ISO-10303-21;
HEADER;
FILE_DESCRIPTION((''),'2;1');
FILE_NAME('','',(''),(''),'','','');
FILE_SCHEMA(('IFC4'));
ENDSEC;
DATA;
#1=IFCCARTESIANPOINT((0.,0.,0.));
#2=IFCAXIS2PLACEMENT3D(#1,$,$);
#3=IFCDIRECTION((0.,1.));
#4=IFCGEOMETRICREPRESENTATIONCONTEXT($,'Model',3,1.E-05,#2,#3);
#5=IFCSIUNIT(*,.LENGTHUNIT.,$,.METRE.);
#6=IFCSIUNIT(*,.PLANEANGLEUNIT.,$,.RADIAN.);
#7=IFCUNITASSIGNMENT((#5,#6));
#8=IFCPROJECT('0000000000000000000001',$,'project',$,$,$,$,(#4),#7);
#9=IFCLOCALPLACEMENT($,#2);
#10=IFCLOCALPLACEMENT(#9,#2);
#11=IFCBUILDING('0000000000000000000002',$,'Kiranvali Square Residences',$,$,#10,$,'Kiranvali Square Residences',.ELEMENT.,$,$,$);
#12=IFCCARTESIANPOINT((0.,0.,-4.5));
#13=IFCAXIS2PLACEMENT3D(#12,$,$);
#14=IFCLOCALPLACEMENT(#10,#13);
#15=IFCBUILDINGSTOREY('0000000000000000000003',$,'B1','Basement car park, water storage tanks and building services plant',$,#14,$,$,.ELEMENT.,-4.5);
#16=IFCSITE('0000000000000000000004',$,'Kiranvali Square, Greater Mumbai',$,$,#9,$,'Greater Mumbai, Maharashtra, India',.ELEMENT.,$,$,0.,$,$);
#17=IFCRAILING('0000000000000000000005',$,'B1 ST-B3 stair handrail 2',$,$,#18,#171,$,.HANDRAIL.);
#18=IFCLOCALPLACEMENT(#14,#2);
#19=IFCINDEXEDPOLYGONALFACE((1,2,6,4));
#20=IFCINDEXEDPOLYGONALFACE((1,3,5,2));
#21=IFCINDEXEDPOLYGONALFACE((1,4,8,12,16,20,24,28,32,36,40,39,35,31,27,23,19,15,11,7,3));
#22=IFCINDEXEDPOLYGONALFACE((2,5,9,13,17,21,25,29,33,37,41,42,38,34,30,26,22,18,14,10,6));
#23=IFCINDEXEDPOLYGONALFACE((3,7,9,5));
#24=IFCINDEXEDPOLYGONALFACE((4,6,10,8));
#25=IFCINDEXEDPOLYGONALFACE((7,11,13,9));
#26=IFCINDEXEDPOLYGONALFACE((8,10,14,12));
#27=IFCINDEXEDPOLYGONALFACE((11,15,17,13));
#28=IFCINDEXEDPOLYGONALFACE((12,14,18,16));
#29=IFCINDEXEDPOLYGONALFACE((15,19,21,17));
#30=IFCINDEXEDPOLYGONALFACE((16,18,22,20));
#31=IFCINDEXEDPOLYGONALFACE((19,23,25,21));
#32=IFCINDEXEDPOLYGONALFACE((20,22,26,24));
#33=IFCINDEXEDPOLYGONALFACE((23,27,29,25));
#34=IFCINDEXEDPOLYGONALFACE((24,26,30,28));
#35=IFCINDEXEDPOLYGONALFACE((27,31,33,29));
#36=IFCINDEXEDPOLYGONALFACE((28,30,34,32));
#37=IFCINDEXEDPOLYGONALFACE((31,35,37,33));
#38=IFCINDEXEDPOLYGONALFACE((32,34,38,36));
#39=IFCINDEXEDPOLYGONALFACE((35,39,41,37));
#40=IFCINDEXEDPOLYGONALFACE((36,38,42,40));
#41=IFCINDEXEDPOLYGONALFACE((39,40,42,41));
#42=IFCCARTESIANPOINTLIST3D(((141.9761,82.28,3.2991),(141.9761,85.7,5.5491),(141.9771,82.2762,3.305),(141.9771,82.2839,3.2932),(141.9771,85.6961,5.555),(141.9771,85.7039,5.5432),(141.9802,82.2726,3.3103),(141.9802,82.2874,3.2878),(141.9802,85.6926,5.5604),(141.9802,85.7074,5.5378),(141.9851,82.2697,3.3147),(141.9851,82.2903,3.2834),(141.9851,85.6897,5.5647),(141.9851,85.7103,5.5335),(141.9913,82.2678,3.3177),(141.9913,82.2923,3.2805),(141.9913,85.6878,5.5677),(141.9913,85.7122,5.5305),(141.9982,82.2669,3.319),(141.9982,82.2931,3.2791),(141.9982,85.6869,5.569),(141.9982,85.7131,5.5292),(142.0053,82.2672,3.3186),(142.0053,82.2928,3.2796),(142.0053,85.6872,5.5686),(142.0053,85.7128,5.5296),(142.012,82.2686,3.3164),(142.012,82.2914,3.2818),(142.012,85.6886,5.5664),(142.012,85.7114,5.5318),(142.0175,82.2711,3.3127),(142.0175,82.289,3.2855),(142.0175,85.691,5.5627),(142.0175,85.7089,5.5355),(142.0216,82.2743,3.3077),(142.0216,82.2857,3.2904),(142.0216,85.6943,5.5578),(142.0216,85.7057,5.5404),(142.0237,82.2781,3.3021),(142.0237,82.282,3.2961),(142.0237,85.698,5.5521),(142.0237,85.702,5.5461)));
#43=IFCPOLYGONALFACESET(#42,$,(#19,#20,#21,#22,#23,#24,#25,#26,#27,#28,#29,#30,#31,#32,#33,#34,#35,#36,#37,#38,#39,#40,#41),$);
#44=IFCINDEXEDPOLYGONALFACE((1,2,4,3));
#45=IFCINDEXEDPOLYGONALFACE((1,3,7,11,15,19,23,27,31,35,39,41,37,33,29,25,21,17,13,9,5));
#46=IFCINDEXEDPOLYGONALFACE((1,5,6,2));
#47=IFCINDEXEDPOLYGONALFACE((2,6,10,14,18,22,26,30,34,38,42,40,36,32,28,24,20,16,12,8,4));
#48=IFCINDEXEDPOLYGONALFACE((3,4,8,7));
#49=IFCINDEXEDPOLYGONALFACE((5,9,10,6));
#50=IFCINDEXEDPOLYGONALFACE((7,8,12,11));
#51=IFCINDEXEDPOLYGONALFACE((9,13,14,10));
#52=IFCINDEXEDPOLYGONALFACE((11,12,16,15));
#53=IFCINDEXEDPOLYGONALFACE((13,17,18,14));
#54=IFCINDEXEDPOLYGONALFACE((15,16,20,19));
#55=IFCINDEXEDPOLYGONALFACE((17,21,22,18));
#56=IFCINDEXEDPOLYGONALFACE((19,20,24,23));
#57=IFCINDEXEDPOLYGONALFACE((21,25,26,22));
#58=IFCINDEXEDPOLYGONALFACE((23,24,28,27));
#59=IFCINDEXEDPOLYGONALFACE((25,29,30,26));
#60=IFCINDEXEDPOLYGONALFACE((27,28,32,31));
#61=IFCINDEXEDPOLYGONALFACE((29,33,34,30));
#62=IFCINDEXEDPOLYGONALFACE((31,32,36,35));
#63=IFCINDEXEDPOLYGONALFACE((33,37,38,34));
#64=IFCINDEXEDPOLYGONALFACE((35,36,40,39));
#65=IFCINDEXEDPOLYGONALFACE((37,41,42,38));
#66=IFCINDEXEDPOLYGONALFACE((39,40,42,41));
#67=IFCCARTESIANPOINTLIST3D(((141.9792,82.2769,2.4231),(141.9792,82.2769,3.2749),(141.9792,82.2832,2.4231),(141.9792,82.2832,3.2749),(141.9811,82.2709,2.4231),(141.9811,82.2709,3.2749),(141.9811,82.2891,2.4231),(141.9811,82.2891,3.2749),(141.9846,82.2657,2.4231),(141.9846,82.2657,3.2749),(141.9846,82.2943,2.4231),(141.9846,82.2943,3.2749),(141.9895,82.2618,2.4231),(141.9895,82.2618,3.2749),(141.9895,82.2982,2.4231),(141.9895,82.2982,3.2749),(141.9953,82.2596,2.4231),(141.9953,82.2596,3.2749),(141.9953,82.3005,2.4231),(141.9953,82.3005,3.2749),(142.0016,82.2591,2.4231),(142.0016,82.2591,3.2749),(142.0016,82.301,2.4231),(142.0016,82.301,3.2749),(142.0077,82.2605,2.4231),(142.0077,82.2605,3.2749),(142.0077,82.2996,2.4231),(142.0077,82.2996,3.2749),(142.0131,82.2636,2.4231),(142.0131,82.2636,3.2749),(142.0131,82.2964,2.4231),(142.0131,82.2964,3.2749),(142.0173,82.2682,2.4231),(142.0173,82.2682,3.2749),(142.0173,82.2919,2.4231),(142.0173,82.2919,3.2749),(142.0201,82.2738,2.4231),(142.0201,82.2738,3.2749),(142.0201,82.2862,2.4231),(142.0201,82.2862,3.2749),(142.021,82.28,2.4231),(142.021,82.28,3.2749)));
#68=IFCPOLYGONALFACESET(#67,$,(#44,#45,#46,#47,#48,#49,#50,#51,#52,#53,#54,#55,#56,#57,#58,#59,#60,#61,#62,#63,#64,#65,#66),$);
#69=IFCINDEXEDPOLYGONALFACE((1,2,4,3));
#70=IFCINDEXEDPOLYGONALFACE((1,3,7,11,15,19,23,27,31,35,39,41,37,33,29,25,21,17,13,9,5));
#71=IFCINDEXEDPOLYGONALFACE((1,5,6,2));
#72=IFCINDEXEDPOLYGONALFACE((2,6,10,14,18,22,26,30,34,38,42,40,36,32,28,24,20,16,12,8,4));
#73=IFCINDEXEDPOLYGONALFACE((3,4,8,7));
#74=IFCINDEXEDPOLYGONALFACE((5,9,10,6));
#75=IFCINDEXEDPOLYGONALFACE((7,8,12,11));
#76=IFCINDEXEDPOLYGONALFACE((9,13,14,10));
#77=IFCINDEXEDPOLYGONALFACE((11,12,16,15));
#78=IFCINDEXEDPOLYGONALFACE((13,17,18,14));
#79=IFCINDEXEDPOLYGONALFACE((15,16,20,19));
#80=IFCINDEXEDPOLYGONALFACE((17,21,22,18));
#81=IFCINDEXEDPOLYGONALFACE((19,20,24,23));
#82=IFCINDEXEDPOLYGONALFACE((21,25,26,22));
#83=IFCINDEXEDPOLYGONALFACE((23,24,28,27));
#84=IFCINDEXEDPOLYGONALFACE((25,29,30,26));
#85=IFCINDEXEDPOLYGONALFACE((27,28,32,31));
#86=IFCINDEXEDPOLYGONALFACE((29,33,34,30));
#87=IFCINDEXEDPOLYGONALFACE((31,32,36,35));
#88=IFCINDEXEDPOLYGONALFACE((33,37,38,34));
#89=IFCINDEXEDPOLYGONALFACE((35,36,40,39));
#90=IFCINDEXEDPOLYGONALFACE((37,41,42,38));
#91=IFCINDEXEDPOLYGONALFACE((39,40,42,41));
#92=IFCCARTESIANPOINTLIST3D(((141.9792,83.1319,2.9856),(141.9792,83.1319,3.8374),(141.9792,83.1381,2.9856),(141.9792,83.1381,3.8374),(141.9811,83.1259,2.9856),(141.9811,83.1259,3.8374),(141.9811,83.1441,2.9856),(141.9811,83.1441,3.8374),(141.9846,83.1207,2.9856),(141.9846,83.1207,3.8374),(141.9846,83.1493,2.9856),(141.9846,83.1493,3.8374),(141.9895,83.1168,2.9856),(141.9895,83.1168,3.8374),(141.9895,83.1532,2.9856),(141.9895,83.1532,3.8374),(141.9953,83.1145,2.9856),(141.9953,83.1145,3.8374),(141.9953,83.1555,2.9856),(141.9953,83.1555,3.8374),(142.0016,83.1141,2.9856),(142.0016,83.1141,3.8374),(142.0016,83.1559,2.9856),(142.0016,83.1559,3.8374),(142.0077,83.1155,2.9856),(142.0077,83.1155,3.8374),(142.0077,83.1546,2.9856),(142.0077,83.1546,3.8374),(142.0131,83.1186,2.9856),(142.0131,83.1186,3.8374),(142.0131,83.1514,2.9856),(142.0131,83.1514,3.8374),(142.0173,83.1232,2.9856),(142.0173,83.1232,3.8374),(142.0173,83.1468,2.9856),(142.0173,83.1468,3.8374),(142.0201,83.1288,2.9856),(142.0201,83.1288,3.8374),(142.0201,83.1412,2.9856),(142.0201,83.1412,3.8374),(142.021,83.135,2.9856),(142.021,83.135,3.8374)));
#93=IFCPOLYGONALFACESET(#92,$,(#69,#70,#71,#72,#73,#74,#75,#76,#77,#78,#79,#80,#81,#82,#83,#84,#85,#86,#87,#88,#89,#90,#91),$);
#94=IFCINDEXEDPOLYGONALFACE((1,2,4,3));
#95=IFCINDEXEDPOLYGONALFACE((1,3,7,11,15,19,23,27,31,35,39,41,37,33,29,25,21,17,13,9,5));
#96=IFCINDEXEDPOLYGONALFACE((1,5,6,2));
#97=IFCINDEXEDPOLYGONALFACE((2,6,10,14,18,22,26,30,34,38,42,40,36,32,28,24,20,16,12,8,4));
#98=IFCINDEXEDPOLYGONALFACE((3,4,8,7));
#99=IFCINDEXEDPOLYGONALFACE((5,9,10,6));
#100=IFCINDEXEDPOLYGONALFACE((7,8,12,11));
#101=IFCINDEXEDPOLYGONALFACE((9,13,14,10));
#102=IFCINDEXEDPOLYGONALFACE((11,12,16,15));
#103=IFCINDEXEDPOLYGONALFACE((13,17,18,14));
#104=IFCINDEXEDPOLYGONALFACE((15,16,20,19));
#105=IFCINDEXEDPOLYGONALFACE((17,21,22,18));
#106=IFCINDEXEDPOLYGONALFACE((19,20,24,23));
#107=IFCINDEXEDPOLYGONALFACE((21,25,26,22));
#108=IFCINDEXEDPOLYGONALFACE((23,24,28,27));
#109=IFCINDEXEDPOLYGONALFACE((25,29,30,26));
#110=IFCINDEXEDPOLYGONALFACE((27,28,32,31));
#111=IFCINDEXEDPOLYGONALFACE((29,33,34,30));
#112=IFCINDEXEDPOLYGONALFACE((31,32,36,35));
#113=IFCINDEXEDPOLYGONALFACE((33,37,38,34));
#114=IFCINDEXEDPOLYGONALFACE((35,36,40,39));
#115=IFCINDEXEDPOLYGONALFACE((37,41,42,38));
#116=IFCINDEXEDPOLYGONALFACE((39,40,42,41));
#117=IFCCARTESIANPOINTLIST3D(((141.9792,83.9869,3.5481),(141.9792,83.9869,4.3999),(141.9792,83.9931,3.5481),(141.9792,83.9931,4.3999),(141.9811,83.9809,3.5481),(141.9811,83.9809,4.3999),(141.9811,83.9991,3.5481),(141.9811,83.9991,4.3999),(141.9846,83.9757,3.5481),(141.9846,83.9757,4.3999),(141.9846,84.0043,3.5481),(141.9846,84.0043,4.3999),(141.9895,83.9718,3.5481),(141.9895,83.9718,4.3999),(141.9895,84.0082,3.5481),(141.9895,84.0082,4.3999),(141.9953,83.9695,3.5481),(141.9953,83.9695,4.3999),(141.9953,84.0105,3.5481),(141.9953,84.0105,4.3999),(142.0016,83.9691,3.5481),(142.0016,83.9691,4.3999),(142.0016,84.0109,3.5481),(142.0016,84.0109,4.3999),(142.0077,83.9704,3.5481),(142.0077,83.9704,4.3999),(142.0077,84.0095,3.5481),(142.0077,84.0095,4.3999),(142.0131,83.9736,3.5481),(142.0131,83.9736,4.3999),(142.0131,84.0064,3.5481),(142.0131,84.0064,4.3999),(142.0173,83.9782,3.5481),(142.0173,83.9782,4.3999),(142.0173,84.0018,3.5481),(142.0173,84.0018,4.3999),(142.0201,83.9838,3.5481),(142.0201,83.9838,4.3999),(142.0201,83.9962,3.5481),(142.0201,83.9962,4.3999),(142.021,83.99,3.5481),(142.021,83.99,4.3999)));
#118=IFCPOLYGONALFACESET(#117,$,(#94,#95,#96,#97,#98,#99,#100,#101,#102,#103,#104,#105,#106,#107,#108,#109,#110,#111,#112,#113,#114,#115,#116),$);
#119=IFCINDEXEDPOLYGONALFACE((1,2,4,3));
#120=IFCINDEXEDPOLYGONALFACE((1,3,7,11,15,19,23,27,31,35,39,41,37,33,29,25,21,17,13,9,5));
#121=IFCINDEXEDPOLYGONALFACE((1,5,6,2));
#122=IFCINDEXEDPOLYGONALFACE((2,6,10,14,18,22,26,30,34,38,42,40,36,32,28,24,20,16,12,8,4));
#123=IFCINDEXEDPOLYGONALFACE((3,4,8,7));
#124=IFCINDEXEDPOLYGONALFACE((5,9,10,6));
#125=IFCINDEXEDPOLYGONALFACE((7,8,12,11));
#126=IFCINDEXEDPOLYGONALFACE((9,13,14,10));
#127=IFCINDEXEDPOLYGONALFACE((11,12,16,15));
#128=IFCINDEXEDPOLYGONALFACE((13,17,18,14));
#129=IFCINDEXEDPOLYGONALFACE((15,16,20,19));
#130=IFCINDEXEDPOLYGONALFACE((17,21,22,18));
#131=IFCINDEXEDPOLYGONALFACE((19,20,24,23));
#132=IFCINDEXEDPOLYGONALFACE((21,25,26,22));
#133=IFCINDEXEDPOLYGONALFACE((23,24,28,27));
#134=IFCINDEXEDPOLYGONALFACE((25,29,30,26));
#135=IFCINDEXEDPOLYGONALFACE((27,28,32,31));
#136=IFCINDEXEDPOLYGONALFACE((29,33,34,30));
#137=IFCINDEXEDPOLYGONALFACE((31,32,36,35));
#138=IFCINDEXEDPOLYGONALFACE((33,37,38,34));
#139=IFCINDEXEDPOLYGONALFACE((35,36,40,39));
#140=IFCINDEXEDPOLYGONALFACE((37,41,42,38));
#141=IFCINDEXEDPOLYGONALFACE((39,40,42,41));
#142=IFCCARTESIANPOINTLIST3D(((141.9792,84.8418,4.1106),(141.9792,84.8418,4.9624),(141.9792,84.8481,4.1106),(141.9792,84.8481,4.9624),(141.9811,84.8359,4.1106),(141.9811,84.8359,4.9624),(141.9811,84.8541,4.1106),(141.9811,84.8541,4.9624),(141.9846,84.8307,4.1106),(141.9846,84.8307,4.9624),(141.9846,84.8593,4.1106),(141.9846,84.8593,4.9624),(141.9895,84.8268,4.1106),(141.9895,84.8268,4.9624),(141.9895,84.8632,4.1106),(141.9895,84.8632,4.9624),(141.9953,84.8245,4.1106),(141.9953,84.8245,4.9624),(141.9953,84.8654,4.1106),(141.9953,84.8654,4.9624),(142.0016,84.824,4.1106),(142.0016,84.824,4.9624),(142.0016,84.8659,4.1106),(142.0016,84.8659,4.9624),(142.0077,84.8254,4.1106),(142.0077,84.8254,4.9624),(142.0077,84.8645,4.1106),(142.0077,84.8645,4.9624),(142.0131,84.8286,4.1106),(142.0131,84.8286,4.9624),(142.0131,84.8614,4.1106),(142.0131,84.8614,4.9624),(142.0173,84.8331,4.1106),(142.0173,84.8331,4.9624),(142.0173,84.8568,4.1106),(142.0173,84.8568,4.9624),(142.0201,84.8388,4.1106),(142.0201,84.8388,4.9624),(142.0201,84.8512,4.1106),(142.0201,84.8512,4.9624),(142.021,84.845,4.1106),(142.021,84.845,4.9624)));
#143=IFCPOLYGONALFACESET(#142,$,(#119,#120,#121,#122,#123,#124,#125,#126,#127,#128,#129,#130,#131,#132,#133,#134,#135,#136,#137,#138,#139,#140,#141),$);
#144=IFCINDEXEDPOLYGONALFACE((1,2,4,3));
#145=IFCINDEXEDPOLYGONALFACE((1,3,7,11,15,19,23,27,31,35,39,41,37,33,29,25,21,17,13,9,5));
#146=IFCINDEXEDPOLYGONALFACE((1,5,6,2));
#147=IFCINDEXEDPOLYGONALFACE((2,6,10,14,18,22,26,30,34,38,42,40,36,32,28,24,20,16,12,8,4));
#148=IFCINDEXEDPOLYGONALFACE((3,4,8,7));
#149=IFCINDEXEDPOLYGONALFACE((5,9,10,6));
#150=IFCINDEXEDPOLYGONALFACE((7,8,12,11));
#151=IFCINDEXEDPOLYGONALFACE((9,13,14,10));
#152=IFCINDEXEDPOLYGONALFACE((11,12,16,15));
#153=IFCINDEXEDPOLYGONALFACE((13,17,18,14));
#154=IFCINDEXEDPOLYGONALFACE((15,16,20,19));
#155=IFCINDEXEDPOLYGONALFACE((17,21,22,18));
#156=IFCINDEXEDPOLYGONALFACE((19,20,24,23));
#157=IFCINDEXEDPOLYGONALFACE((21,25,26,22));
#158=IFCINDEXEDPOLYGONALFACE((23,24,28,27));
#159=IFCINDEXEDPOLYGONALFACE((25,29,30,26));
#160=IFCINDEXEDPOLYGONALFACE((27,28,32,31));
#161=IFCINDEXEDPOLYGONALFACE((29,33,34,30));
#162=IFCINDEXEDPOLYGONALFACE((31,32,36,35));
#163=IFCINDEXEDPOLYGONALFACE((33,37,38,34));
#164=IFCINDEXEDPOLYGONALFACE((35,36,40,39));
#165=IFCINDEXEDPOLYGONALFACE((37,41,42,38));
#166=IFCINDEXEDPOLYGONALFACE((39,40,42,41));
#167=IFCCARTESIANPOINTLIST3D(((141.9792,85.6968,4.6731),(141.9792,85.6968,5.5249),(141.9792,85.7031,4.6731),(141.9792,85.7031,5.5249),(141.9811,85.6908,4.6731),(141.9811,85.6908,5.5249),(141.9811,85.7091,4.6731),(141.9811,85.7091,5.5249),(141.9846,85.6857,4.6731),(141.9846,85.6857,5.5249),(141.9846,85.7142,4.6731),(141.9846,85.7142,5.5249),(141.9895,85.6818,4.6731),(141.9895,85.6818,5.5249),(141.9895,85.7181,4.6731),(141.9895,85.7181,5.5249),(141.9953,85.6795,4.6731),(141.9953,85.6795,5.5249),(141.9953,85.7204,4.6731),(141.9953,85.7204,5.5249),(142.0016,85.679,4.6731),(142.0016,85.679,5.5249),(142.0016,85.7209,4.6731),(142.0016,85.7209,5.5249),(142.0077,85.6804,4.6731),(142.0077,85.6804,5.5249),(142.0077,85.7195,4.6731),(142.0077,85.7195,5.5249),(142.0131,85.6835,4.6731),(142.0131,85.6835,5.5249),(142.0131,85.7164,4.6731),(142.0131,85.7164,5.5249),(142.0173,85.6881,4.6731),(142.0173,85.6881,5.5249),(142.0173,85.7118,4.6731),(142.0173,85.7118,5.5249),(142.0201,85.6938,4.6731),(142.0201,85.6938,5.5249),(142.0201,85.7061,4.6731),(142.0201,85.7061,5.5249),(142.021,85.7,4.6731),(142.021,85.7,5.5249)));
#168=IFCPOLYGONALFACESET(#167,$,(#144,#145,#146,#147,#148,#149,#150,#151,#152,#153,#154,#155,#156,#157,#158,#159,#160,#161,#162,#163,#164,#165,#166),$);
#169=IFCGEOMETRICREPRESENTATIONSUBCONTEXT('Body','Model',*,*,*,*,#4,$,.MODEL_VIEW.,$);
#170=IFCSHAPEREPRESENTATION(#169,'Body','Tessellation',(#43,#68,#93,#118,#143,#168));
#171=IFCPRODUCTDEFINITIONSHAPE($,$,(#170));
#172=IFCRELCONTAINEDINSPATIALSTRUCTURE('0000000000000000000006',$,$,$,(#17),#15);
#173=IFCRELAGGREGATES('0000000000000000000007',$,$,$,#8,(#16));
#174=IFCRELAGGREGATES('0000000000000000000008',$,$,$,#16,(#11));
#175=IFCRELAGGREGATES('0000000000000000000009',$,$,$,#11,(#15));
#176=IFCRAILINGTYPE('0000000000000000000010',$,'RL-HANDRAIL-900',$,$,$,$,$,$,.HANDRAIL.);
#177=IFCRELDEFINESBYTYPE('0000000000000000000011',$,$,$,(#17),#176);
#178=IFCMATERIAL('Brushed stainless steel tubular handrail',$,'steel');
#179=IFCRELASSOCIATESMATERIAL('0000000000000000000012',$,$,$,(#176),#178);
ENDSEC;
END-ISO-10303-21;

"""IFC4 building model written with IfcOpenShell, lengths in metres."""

from ifc_helpers import new_model, si_unit, direction, frame, origin, origin_2d, place, context, subcontext, project, spatial, circle, extrude, material, type_object, element, save


model = new_model("IFC4")

# Units and contexts
model_context = context("Model", 3, precision=1e-05, world=origin(), true_north=direction((0.0, 1.0)))
body_context = subcontext(model_context, "Body", "Model", "MODEL_VIEW")
ifc_project = project(units=[si_unit("LENGTHUNIT", "METRE"), si_unit("PLANEANGLEUNIT", "RADIAN")], contexts=[model_context])

# Site, building, storey
site_placement = place(None, origin())
site = spatial("IfcSite", under=ifc_project, at=site_placement, Name="Kiranvali Square, Greater Mumbai", LongName="Greater Mumbai, Maharashtra, India", CompositionType="ELEMENT", RefElevation=0.0)
building_placement = place(site_placement, origin())
building = spatial("IfcBuilding", under=site, at=building_placement, Name="Kiranvali Square Residences", LongName="Kiranvali Square Residences", CompositionType="ELEMENT")
storey_placement = place(building_placement, frame((0.0, 0.0, -4.5)))
storey = spatial("IfcBuildingStorey", under=building, at=storey_placement, Name="B1", Description="Basement car park, water storage tanks and building services plant", CompositionType="ELEMENT", Elevation=-4.5)

# Railing
ifc_material_1 = material(Name="Brushed stainless steel tubular handrail", Category="steel")
railing_type_1 = type_object("IfcRailingType", Name="RL-HANDRAIL-900", PredefinedType="HANDRAIL", material=ifc_material_1)
railing_1_placement = place(storey_placement, frame((142.0, 82.28, 2.4231)))
element("IfcRailing", 1, at=railing_1_placement, inside=storey, type_object=railing_type_1, Name="B1 ST-B3 stair handrail 2", PredefinedType="HANDRAIL", context=body_context, shape_type="SweptSolid", body=[
    extrude(circle(Radius=0.0239, at=origin_2d()), frame((0.0, 0.0, 0.876), z_axis=(0.0, 0.835411, 0.549625), x_axis=(-1.0, 0.0, 0.0)), (0.0, 0.0, 1.0), 4.0938),
    extrude(circle(Radius=0.021, at=origin_2d()), origin(), (0.0, 0.0, 1.0), 0.8518),
    extrude(circle(Radius=0.021, at=origin_2d()), frame((0.0, 0.855, 0.5625)), (0.0, 0.0, 1.0), 0.8518),
    extrude(circle(Radius=0.021, at=origin_2d()), frame((0.0, 1.71, 1.125)), (0.0, 0.0, 1.0), 0.8518),
    extrude(circle(Radius=0.021, at=origin_2d()), frame((0.0, 2.5649, 1.6875)), (0.0, 0.0, 1.0), 0.8518),
    extrude(circle(Radius=0.021, at=origin_2d()), frame((0.0, 3.4199, 2.25)), (0.0, 0.0, 1.0), 0.8518),
])

save(model, "model.ifc")
